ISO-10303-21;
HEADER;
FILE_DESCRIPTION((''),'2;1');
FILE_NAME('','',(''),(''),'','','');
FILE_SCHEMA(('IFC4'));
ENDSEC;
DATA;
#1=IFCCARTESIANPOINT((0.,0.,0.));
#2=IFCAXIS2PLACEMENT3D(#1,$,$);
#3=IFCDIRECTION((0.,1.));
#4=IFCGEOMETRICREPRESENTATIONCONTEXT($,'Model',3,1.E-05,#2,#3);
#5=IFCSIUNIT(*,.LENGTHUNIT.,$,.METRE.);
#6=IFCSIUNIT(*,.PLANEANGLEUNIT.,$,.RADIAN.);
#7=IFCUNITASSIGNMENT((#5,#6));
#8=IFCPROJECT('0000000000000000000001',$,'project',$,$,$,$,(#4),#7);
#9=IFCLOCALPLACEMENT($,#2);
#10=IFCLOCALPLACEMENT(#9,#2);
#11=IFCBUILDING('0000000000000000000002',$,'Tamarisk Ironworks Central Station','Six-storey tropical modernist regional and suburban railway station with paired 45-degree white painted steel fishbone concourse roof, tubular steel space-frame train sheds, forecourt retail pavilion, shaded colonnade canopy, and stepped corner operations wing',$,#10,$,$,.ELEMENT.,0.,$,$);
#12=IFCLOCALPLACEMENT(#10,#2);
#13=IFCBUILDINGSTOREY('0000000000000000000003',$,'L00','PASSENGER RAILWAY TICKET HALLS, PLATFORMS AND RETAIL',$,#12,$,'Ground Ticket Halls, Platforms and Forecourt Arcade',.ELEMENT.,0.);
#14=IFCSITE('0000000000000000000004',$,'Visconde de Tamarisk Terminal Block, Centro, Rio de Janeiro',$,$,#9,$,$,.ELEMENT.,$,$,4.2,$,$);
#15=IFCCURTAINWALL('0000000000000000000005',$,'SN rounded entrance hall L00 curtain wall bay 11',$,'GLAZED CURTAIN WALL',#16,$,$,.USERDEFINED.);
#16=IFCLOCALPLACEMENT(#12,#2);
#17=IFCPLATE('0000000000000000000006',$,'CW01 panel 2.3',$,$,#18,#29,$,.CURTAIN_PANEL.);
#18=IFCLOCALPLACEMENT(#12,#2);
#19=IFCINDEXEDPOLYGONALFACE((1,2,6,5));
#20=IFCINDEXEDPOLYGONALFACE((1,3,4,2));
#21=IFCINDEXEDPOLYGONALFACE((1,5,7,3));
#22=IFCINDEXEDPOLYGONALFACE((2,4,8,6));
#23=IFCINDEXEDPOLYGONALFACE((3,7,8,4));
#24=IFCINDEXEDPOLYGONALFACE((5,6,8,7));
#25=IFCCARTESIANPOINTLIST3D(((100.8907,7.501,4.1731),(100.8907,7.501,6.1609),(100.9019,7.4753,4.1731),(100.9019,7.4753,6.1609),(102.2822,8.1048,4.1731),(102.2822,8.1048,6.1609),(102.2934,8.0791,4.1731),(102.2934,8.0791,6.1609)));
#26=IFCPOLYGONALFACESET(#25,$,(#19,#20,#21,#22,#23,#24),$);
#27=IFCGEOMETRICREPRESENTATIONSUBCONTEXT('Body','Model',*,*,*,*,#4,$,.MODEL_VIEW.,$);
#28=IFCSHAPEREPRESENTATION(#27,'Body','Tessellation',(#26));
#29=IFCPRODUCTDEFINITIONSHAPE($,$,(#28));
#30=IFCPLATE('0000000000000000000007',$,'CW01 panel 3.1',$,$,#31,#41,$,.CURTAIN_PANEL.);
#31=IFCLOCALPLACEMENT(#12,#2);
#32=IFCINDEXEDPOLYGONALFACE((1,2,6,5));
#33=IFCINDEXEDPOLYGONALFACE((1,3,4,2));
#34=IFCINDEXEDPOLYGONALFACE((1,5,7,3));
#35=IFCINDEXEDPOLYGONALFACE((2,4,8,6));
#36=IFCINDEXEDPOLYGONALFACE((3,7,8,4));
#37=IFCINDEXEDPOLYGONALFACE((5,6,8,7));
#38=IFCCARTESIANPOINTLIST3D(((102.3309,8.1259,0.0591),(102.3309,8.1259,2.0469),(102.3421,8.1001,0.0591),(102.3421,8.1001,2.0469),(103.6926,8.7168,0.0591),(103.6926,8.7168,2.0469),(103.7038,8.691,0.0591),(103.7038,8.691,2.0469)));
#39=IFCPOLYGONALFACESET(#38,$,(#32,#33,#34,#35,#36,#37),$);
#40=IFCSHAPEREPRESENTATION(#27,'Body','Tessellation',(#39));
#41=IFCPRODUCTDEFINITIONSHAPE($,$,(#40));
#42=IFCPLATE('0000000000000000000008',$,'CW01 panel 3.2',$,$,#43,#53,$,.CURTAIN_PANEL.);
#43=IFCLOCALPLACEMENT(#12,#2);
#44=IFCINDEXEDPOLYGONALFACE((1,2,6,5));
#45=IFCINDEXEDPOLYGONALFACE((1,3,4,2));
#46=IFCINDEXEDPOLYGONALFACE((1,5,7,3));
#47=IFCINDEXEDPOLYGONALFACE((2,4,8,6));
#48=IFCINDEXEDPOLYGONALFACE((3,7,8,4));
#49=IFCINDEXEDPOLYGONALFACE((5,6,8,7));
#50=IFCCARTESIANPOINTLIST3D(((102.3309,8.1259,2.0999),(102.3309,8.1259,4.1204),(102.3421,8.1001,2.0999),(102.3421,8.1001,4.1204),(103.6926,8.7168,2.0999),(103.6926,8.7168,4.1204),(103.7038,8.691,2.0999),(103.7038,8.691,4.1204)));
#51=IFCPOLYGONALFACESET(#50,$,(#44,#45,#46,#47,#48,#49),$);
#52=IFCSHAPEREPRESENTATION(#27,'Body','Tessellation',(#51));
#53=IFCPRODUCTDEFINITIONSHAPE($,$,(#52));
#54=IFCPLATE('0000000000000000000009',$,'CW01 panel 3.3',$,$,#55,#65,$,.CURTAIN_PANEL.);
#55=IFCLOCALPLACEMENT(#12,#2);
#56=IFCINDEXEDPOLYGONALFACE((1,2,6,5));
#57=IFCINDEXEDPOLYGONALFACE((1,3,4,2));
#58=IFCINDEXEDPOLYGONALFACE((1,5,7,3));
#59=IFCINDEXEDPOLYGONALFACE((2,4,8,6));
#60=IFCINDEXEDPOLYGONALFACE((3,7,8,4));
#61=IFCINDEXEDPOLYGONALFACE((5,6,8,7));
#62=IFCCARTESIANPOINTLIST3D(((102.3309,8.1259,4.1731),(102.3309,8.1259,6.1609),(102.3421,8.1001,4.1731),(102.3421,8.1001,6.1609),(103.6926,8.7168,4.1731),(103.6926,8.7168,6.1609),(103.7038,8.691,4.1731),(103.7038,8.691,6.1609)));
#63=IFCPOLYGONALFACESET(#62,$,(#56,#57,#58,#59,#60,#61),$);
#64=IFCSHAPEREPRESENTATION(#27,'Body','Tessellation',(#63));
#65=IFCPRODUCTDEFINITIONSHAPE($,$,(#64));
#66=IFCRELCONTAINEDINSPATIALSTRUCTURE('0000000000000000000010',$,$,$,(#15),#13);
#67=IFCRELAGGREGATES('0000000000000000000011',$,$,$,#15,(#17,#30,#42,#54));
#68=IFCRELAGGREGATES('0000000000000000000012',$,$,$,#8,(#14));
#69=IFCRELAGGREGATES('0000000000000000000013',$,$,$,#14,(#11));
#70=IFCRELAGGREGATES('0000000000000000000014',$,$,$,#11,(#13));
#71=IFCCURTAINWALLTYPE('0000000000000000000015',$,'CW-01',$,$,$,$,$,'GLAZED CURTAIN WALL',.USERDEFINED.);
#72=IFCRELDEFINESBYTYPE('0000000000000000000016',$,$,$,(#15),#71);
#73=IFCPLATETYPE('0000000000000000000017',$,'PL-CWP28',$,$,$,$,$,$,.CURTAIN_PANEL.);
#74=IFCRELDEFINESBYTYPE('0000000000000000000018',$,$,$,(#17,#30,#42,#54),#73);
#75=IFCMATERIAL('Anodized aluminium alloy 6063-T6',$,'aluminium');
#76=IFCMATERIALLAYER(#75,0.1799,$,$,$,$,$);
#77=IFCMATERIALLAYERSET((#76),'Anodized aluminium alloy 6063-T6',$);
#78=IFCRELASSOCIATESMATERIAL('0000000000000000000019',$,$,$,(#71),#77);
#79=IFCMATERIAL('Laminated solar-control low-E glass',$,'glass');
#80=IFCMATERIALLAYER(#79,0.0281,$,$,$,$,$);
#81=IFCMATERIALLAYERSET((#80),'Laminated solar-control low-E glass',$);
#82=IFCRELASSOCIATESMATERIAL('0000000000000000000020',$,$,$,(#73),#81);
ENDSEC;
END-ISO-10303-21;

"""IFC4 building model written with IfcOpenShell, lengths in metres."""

from ifc_helpers import new_model, si_unit, direction, frame, origin, origin_2d, place, context, subcontext, project, spatial, rectangle, extrude, material, layer, layer_set, type_object, element, aggregate, save


model = new_model("IFC4")

# Units and contexts
model_context = context("Model", 3, precision=1e-05, world=origin(), true_north=direction((0.0, 1.0)))
body_context = subcontext(model_context, "Body", "Model", "MODEL_VIEW")
ifc_project = project(units=[si_unit("LENGTHUNIT", "METRE"), si_unit("PLANEANGLEUNIT", "RADIAN")], contexts=[model_context])

# Site, building, storey
site_placement = place(None, origin())
site = spatial("IfcSite", under=ifc_project, at=site_placement, Name="Visconde de Tamarisk Terminal Block, Centro, Rio de Janeiro", CompositionType="ELEMENT", RefElevation=4.2)
building_placement = place(site_placement, origin())
building = spatial("IfcBuilding", under=site, at=building_placement, Name="Tamarisk Ironworks Central Station", Description="Six-storey tropical modernist regional and suburban railway station with paired 45-degree white painted steel fishbone concourse roof, tubular steel space-frame train sheds, forecourt retail pavilion, shaded colonnade canopy, and stepped corner operations wing", CompositionType="ELEMENT", ElevationOfRefHeight=0.0)
storey_placement = place(building_placement, origin())
storey = spatial("IfcBuildingStorey", under=building, at=storey_placement, Name="L00", Description="PASSENGER RAILWAY TICKET HALLS, PLATFORMS AND RETAIL", LongName="Ground Ticket Halls, Platforms and Forecourt Arcade", CompositionType="ELEMENT", Elevation=0.0)

# Curtain wall, plates
ifc_material_1 = material(Name="Anodized aluminium alloy 6063-T6", Category="aluminium")
ifc_layer_1 = layer(ifc_material_1, 0.1799)
ifc_layer_set_1 = layer_set([ifc_layer_1], Name="Anodized aluminium alloy 6063-T6")
curtain_wall_type = type_object("IfcCurtainWallType", Name="CW-01", ElementType="GLAZED CURTAIN WALL", PredefinedType="USERDEFINED", material=ifc_layer_set_1)
curtain_wall_placement = place(storey_placement, origin())
curtain_wall = element("IfcCurtainWall", 1, at=curtain_wall_placement, inside=storey, type_object=curtain_wall_type, Name="SN rounded entrance hall L00 curtain wall bay 11", ObjectType="GLAZED CURTAIN WALL", PredefinedType="USERDEFINED")
ifc_material_2 = material(Name="Laminated solar-control low-E glass", Category="glass")
ifc_layer_2 = layer(ifc_material_2, 0.0281)
ifc_layer_set_2 = layer_set([ifc_layer_2], Name="Laminated solar-control low-E glass")
plate_type = type_object("IfcPlateType", Name="PL-CWP28", PredefinedType="CURTAIN_PANEL", material=ifc_layer_set_2)
plate_1_placement = place(storey_placement, frame((101.592, 7.79, 4.1731), z_axis=(0.0, 0.0, 1.0), x_axis=(0.917352, 0.398077, 0.0)))
plate_1 = element("IfcPlate", 2, at=plate_1_placement, type_object=plate_type, Name="CW01 panel 2.3", PredefinedType="CURTAIN_PANEL", context=body_context, shape_type="SweptSolid", body=[
    extrude(rectangle(XDim=1.5168, YDim=0.0281, at=origin_2d()), origin(), (0.0, 0.0, 1.0), 1.9878),
])
plate_2_placement = place(storey_placement, frame((103.0173, 8.4084, 0.0591), z_axis=(0.0, 0.0, 1.0), x_axis=(0.917352, 0.398077, 0.0)))
plate_2 = element("IfcPlate", 3, at=plate_2_placement, type_object=plate_type, Name="CW01 panel 3.1", PredefinedType="CURTAIN_PANEL", context=body_context, shape_type="SweptSolid", body=[
    extrude(rectangle(XDim=1.4844, YDim=0.0281, at=origin_2d()), origin(), (0.0, 0.0, 1.0), 1.9878),
])
plate_3_placement = place(storey_placement, frame((103.0173, 8.4084, 2.0999), z_axis=(0.0, 0.0, 1.0), x_axis=(0.917352, 0.398077, 0.0)))
plate_3 = element("IfcPlate", 4, at=plate_3_placement, type_object=plate_type, Name="CW01 panel 3.2", PredefinedType="CURTAIN_PANEL", context=body_context, shape_type="SweptSolid", body=[
    extrude(rectangle(XDim=1.4844, YDim=0.0281, at=origin_2d()), origin(), (0.0, 0.0, 1.0), 2.0205),
])
plate_4_placement = place(storey_placement, frame((103.0173, 8.4084, 4.1731), z_axis=(0.0, 0.0, 1.0), x_axis=(0.917352, 0.398077, 0.0)))
plate_4 = element("IfcPlate", 5, at=plate_4_placement, type_object=plate_type, Name="CW01 panel 3.3", PredefinedType="CURTAIN_PANEL", context=body_context, shape_type="SweptSolid", body=[
    extrude(rectangle(XDim=1.4844, YDim=0.0281, at=origin_2d()), origin(), (0.0, 0.0, 1.0), 1.9878),
])
aggregate(curtain_wall, [plate_1, plate_2, plate_3, plate_4])

save(model, "model.ifc")
